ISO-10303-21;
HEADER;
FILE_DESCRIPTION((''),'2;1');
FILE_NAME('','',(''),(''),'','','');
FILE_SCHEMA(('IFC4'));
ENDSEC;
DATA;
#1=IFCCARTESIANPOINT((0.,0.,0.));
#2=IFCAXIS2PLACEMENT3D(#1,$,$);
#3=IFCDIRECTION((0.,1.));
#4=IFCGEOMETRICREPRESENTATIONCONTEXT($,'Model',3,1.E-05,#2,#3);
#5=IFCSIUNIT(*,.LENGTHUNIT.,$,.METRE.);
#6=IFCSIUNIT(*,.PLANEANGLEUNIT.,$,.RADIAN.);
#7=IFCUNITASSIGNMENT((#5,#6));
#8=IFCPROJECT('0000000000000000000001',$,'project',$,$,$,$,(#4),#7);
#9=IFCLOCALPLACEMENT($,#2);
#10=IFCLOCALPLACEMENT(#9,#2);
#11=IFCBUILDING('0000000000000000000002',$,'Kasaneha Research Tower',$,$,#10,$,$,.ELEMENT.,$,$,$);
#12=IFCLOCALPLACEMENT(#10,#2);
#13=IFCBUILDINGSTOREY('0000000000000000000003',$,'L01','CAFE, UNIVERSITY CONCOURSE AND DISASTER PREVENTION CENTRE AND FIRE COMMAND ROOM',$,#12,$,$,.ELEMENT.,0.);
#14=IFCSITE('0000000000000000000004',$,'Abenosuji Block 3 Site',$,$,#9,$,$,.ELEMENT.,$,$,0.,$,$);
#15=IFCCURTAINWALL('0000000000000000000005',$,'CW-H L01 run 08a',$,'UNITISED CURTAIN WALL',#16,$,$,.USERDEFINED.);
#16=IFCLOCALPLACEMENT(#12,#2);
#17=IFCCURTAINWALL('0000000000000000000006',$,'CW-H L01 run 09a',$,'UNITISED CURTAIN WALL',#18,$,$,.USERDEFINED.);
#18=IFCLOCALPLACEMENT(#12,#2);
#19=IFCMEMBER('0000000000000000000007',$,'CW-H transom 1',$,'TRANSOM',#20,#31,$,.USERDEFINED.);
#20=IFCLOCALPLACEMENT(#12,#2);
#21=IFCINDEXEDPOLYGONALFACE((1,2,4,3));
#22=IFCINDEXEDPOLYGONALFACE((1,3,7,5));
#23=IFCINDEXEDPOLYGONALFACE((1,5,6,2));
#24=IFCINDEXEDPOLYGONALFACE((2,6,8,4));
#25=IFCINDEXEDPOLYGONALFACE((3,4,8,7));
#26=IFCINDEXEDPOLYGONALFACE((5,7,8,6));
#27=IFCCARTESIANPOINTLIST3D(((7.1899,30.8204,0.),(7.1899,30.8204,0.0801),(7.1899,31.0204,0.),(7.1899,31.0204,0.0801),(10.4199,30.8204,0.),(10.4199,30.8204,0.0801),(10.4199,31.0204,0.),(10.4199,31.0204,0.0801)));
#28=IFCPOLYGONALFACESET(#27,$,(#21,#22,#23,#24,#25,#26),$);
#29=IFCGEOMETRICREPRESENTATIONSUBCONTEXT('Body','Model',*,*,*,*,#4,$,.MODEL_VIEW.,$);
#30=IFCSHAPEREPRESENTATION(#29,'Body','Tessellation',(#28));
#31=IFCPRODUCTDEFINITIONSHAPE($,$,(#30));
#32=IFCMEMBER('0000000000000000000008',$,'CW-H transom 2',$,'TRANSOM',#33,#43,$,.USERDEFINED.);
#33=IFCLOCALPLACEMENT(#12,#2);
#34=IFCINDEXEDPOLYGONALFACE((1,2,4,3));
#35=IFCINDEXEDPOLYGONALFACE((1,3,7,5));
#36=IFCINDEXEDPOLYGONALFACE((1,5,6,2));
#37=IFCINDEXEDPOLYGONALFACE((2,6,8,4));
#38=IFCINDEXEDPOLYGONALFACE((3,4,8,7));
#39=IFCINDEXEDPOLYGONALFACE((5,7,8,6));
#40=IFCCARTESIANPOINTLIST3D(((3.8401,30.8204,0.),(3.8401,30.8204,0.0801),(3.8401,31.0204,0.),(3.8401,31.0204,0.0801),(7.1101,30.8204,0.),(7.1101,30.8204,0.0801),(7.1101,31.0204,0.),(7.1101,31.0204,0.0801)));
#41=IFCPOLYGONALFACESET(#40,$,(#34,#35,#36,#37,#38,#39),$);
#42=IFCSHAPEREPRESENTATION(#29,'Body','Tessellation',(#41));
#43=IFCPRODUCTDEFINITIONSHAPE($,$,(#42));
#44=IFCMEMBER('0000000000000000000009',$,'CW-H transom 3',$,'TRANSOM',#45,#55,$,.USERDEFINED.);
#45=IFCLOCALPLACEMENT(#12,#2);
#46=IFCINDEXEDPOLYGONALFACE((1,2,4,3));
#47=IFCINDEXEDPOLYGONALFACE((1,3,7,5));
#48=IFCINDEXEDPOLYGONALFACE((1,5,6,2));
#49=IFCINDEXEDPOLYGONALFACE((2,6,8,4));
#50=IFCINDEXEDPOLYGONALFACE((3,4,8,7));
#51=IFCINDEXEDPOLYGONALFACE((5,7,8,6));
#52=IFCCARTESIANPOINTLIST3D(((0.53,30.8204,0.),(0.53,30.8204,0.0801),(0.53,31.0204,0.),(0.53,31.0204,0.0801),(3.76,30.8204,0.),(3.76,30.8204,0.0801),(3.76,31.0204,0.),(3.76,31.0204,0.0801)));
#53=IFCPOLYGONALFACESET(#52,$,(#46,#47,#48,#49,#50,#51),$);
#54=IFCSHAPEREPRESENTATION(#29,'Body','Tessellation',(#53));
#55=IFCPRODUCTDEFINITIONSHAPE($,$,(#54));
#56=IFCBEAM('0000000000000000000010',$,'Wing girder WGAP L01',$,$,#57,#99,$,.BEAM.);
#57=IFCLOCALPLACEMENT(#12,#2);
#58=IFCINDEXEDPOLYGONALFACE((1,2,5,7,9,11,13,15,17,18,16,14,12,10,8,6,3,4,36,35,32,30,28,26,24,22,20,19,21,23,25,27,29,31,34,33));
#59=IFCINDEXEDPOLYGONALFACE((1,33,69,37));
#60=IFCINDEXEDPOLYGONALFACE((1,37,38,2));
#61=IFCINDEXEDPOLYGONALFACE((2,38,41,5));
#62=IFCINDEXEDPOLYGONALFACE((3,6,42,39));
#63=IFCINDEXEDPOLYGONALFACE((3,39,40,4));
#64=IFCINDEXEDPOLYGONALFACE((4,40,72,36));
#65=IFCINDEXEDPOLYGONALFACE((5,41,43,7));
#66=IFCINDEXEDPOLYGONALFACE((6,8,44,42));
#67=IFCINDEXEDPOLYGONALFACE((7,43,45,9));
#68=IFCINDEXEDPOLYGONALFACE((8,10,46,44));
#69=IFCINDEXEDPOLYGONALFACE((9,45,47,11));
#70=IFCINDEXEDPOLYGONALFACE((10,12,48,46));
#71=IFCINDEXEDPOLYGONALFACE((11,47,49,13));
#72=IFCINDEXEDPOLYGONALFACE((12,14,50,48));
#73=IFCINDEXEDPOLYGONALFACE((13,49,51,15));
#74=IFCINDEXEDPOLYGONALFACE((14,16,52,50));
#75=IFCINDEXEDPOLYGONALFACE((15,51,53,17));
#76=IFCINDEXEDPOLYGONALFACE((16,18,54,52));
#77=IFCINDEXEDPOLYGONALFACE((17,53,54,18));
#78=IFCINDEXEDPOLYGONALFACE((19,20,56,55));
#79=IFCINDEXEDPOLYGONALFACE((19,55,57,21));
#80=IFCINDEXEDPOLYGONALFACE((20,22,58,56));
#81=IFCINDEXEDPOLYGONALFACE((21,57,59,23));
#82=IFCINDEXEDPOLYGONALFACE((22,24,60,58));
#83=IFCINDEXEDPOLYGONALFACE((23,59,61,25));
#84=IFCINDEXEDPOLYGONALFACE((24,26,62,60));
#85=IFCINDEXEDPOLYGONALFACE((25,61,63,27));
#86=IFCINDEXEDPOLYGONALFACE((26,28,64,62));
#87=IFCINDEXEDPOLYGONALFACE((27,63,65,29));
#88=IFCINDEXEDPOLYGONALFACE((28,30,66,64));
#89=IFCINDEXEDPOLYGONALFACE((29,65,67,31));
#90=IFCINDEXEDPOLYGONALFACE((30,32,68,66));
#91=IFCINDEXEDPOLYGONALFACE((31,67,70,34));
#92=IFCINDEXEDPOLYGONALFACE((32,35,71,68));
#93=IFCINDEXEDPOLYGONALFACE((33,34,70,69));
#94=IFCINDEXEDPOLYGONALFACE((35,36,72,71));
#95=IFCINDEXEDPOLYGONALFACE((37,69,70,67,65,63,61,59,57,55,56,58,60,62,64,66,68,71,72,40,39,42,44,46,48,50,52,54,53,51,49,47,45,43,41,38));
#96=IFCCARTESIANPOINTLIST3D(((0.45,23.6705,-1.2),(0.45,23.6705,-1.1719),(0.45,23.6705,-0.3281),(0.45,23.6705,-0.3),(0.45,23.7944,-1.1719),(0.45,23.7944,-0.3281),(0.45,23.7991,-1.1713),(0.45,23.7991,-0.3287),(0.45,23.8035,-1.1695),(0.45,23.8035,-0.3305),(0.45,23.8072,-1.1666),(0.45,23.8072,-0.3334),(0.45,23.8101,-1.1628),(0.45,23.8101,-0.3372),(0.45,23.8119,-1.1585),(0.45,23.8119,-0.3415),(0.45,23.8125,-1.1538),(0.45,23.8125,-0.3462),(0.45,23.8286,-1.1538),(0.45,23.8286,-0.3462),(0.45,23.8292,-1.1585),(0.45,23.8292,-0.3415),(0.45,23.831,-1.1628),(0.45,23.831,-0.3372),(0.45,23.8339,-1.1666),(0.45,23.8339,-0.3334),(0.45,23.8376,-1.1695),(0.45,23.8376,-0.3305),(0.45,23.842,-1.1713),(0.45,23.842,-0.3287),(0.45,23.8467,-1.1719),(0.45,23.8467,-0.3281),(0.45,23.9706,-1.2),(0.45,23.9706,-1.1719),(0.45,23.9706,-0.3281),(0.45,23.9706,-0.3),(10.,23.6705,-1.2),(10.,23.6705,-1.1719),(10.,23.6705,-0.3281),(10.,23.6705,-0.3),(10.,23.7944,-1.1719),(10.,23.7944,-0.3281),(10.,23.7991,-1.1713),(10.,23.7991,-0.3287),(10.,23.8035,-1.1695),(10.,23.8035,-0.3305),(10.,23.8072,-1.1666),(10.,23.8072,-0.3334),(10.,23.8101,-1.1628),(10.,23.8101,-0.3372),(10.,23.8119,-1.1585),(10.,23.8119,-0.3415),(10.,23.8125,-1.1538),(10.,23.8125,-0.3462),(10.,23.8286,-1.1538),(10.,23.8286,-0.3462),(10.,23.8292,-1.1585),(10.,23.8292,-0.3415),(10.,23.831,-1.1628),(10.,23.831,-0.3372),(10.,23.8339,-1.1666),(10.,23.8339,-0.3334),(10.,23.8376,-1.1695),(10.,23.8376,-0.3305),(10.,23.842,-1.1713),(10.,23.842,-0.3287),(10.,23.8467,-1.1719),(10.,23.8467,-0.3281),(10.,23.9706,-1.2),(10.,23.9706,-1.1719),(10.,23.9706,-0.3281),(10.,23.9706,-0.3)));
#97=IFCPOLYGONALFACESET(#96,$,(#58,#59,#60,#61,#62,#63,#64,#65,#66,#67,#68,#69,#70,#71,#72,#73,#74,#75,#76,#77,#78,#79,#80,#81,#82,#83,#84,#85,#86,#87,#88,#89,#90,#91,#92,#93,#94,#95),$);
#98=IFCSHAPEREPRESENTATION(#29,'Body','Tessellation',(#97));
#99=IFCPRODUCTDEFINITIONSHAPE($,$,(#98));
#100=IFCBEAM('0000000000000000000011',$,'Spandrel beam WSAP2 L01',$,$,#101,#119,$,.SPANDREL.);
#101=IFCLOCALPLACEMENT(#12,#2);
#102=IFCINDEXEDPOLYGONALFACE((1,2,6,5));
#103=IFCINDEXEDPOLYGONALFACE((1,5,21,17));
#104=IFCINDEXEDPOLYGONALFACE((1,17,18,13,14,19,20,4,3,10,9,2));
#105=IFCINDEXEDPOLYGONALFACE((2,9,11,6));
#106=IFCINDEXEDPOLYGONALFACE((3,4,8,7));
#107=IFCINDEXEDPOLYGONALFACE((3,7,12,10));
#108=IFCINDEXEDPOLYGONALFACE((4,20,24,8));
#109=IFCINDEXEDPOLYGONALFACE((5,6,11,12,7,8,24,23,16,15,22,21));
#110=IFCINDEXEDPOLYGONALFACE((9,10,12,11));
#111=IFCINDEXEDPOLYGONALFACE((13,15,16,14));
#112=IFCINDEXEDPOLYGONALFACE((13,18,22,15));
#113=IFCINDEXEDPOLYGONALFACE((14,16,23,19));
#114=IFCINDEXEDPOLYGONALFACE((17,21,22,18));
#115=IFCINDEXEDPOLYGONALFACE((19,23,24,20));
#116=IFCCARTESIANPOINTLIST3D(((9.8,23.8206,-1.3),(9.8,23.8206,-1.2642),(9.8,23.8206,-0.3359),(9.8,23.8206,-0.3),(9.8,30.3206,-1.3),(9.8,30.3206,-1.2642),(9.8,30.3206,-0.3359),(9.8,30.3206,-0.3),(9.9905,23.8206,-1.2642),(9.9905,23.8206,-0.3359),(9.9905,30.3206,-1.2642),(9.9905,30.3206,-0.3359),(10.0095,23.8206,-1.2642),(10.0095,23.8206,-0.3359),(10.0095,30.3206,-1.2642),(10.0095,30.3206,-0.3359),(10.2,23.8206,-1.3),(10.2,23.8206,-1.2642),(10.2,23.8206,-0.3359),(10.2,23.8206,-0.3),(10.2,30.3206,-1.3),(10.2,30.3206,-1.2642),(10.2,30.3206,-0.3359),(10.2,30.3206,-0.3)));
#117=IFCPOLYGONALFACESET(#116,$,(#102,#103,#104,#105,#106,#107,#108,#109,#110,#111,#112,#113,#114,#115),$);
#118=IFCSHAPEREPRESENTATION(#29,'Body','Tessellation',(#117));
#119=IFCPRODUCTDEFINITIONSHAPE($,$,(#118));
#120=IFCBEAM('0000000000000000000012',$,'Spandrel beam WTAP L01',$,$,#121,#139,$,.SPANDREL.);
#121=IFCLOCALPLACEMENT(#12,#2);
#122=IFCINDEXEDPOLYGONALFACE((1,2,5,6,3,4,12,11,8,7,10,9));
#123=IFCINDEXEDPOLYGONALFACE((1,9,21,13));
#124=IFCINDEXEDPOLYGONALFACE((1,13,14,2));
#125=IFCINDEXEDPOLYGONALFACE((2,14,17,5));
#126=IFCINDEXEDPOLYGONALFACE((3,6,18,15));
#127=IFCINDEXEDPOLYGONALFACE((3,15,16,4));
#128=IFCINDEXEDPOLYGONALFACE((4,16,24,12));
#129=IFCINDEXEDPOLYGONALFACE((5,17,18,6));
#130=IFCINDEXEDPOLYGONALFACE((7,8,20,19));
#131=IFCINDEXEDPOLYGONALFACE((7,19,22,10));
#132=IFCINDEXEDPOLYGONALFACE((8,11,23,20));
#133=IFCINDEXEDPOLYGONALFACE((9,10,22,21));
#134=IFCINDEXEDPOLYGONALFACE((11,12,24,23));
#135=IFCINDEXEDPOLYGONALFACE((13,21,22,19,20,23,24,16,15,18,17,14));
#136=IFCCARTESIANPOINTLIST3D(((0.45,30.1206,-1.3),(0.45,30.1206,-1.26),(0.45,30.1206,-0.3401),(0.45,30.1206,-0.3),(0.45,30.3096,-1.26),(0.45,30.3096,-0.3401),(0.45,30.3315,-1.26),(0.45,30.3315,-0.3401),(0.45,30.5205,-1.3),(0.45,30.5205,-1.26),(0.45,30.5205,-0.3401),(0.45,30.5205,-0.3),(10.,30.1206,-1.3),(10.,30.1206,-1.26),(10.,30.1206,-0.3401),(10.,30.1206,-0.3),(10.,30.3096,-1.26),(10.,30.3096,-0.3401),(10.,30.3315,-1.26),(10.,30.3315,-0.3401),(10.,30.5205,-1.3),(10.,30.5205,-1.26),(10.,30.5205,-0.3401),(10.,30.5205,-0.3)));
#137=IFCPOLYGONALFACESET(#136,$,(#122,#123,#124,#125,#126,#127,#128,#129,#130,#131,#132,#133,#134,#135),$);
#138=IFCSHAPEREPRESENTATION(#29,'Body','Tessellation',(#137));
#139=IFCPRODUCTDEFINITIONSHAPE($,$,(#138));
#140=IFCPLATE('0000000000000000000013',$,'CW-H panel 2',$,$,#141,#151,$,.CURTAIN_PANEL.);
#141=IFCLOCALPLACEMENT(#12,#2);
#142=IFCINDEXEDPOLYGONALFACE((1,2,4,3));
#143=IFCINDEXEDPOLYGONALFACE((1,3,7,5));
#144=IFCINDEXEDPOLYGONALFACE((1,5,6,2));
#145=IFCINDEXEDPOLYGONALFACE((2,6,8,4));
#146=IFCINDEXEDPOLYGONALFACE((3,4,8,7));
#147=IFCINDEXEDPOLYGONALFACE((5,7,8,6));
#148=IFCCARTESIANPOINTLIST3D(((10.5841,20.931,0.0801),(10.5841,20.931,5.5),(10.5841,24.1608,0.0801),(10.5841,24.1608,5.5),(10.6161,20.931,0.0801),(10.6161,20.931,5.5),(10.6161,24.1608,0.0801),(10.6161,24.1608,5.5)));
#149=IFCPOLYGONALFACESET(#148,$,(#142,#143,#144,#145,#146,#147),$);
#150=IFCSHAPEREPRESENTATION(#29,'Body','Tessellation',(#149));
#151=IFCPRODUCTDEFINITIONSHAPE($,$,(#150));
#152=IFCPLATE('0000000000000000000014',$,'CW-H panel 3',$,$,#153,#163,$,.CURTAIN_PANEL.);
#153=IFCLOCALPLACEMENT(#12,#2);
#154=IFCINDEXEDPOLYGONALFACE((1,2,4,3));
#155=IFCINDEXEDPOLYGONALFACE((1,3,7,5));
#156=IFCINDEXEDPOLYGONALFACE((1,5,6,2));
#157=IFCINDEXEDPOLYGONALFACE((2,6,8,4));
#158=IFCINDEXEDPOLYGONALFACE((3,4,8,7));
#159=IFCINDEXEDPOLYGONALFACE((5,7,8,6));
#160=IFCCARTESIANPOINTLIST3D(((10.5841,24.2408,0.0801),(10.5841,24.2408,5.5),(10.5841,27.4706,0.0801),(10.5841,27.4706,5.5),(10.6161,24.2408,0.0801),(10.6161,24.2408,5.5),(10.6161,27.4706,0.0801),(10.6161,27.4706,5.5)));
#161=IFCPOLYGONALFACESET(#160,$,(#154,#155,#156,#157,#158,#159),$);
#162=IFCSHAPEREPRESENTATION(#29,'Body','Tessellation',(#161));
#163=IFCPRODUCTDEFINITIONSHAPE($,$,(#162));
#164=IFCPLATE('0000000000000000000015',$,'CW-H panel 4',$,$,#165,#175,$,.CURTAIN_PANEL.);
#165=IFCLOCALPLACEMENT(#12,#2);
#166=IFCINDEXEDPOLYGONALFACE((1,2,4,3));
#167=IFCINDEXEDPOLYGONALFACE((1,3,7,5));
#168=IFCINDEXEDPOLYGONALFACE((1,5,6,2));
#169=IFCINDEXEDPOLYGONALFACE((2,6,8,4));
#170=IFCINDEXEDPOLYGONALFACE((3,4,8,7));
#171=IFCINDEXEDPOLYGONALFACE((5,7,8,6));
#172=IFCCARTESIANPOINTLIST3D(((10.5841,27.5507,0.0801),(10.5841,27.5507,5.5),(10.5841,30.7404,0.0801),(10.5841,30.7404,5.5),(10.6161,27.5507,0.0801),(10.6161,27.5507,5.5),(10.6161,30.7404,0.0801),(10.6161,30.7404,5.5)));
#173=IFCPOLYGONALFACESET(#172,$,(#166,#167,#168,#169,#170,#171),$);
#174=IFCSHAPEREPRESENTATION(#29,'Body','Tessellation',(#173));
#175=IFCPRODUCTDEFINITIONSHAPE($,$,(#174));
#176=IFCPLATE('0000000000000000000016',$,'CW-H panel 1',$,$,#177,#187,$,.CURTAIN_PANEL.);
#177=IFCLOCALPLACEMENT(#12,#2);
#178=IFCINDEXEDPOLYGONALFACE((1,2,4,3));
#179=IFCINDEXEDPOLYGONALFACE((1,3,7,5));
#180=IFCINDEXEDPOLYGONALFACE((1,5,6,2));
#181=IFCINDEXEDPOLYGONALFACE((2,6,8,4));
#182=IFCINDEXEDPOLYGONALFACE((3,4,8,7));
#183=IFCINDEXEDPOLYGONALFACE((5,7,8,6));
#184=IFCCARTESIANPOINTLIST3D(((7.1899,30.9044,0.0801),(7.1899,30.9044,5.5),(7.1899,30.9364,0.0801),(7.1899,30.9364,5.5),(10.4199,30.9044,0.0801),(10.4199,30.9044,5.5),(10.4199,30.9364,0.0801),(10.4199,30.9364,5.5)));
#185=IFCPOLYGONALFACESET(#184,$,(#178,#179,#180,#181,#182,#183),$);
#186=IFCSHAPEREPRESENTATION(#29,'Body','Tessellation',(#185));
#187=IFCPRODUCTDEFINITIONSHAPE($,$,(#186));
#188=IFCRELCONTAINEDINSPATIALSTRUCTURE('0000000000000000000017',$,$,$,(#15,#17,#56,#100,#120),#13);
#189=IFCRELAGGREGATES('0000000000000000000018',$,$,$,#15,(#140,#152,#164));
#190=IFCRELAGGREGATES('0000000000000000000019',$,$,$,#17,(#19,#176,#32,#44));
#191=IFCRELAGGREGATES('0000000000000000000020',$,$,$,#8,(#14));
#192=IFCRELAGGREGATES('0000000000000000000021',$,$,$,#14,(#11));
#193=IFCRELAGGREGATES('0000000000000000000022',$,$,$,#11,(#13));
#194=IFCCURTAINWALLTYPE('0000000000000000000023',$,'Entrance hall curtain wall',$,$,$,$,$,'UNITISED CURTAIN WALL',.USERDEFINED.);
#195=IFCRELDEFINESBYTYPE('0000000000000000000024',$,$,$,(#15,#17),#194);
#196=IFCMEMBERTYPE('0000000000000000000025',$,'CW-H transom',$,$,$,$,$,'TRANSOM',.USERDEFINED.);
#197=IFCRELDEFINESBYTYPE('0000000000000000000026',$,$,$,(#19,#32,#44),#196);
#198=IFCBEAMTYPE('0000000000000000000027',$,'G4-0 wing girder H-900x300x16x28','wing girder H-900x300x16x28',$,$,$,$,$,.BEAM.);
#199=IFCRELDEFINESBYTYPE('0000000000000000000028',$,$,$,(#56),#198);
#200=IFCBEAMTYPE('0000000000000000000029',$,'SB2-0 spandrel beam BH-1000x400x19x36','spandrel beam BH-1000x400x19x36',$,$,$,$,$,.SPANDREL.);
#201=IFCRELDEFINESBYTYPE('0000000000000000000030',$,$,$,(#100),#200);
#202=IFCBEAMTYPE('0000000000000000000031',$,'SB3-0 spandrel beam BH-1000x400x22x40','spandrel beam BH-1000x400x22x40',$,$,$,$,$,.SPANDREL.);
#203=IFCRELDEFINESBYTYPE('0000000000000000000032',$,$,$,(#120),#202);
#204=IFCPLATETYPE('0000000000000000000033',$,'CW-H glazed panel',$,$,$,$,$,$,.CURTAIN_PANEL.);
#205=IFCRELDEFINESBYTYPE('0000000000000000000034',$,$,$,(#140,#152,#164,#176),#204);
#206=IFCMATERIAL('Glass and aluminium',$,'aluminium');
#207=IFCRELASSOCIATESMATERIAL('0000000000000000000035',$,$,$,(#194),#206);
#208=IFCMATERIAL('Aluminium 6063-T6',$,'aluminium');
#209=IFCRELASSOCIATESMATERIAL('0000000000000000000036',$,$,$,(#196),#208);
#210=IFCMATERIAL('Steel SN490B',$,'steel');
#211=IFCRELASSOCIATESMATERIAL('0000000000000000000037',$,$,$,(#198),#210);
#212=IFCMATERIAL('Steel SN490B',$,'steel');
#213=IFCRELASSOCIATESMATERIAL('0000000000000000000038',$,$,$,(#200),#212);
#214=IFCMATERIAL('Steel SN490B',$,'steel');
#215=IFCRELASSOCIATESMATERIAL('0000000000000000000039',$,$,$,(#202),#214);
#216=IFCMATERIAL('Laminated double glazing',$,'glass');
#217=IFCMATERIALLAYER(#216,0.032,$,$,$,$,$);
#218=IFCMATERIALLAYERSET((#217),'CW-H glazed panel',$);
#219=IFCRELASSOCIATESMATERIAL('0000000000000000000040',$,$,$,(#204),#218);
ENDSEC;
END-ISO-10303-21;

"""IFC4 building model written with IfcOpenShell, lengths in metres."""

from ifc_helpers import new_model, si_unit, direction, frame, origin, origin_2d, place, context, subcontext, project, spatial, rectangle, i_section, extrude, material, layer, layer_set, material_profile, profile_set, type_object, element, aggregate, save


model = new_model("IFC4")

# Units and contexts
model_context = context("Model", 3, precision=1e-05, world=origin(), true_north=direction((0.0, 1.0)))
body_context = subcontext(model_context, "Body", "Model", "MODEL_VIEW")
ifc_project = project(units=[si_unit("LENGTHUNIT", "METRE"), si_unit("PLANEANGLEUNIT", "RADIAN")], contexts=[model_context])

# Site, building, storey
site_placement = place(None, origin())
site = spatial("IfcSite", under=ifc_project, at=site_placement, Name="Abenosuji Block 3 Site", CompositionType="ELEMENT", RefElevation=0.0)
building_placement = place(site_placement, origin())
building = spatial("IfcBuilding", under=site, at=building_placement, Name="Kasaneha Research Tower", CompositionType="ELEMENT")
storey_placement = place(building_placement, origin())
storey = spatial("IfcBuildingStorey", under=building, at=storey_placement, Name="L01", Description="CAFE, UNIVERSITY CONCOURSE AND DISASTER PREVENTION CENTRE AND FIRE COMMAND ROOM", CompositionType="ELEMENT", Elevation=0.0)

# Curtain walls
ifc_material_1 = material(Name="Glass and aluminium", Category="aluminium")
curtain_wall_type = type_object("IfcCurtainWallType", Name="Entrance hall curtain wall", ElementType="UNITISED CURTAIN WALL", PredefinedType="USERDEFINED", material=ifc_material_1)
curtain_wall_1_placement = place(storey_placement, origin())
curtain_wall_1 = element("IfcCurtainWall", 1, at=curtain_wall_1_placement, inside=storey, type_object=curtain_wall_type, Name="CW-H L01 run 08a", ObjectType="UNITISED CURTAIN WALL", PredefinedType="USERDEFINED")
curtain_wall_2_placement = place(storey_placement, origin())
curtain_wall_2 = element("IfcCurtainWall", 2, at=curtain_wall_2_placement, inside=storey, type_object=curtain_wall_type, Name="CW-H L01 run 09a", ObjectType="UNITISED CURTAIN WALL", PredefinedType="USERDEFINED")

# Members
ifc_material_2 = material(Name="Aluminium 6063-T6", Category="aluminium")
ifc_material_profile_1 = material_profile(ifc_material_2, rectangle(XDim=0.2, YDim=0.0801, at=origin_2d()), Name="CW-H transom 200x80")
ifc_profile_set_1 = profile_set([ifc_material_profile_1], Name="Aluminium 6063-T6")
member_type_1 = type_object("IfcMemberType", Name="CW-H transom", ElementType="TRANSOM", PredefinedType="USERDEFINED", material=ifc_profile_set_1)
member_1_placement = place(storey_placement, frame((10.4199, 30.9204, 0.04), z_axis=(-1.0, 0.0, 0.0), x_axis=(0.0, -1.0, 0.0)))
member_1 = element("IfcMember", 3, at=member_1_placement, type_object=member_type_1, Name="CW-H transom 1", ObjectType="TRANSOM", PredefinedType="USERDEFINED", context=body_context, shape_type="SweptSolid", body=[
    extrude(rectangle(XDim=0.2, YDim=0.0801, at=origin_2d()), origin(), (0.0, 0.0, 1.0), 3.23),
])
member_2_placement = place(storey_placement, frame((7.1101, 30.9204, 0.04), z_axis=(-1.0, 0.0, 0.0), x_axis=(0.0, -1.0, 0.0)))
member_2 = element("IfcMember", 4, at=member_2_placement, type_object=member_type_1, Name="CW-H transom 2", ObjectType="TRANSOM", PredefinedType="USERDEFINED", context=body_context, shape_type="SweptSolid", body=[
    extrude(rectangle(XDim=0.2, YDim=0.0801, at=origin_2d()), origin(), (0.0, 0.0, 1.0), 3.27),
])
member_3_placement = place(storey_placement, frame((3.76, 30.9204, 0.04), z_axis=(-1.0, 0.0, 0.0), x_axis=(0.0, -1.0, 0.0)))
member_3 = element("IfcMember", 5, at=member_3_placement, type_object=member_type_1, Name="CW-H transom 3", ObjectType="TRANSOM", PredefinedType="USERDEFINED", context=body_context, shape_type="SweptSolid", body=[
    extrude(rectangle(XDim=0.2, YDim=0.0801, at=origin_2d()), origin(), (0.0, 0.0, 1.0), 3.23),
])

# Beams
ifc_material_3 = material(Name="Steel SN490B", Category="steel")
ifc_material_profile_2 = material_profile(ifc_material_3, i_section(OverallWidth=0.3, OverallDepth=0.8999, WebThickness=0.0161, FlangeThickness=0.0281, FilletRadius=0.0181, at=origin_2d()), Name="H-900x300x16x28")
ifc_profile_set_2 = profile_set([ifc_material_profile_2], Name="Steel SN490B")
beam_type_1 = type_object("IfcBeamType", Name="G4-0 wing girder H-900x300x16x28", Description="wing girder H-900x300x16x28", PredefinedType="BEAM", material=ifc_profile_set_2)
beam_1_placement = place(storey_placement, frame((10.0, 23.8206, -0.75), z_axis=(-1.0, 0.0, 0.0), x_axis=(0.0, -1.0, 0.0)))
element("IfcBeam", 6, at=beam_1_placement, inside=storey, type_object=beam_type_1, Name="Wing girder WGAP L01", PredefinedType="BEAM", context=body_context, shape_type="SweptSolid", body=[
    extrude(i_section(OverallWidth=0.3, OverallDepth=0.8999, WebThickness=0.0161, FlangeThickness=0.0281, FilletRadius=0.0181, at=origin_2d()), origin(), (0.0, 0.0, 1.0), 9.55),
])
ifc_material_4 = material(Name="Steel SN490B", Category="steel")
ifc_material_profile_3 = material_profile(ifc_material_4, i_section(OverallWidth=0.3999, OverallDepth=1.0, WebThickness=0.019, FlangeThickness=0.0359, at=origin_2d()), Name="BH-1000x400x19x36")
ifc_profile_set_3 = profile_set([ifc_material_profile_3], Name="Steel SN490B")
beam_type_2 = type_object("IfcBeamType", Name="SB2-0 spandrel beam BH-1000x400x19x36", Description="spandrel beam BH-1000x400x19x36", PredefinedType="SPANDREL", material=ifc_profile_set_3)
beam_2_placement = place(storey_placement, frame((10.0, 23.8206, -0.8), z_axis=(0.0, 1.0, 0.0), x_axis=(-1.0, 0.0, 0.0)))
element("IfcBeam", 7, at=beam_2_placement, inside=storey, type_object=beam_type_2, Name="Spandrel beam WSAP2 L01", PredefinedType="SPANDREL", context=body_context, shape_type="SweptSolid", body=[
    extrude(i_section(OverallWidth=0.3999, OverallDepth=1.0, WebThickness=0.019, FlangeThickness=0.0359, at=origin_2d()), origin(), (0.0, 0.0, 1.0), 6.5),
])
ifc_material_5 = material(Name="Steel SN490B", Category="steel")
ifc_material_profile_4 = material_profile(ifc_material_5, i_section(OverallWidth=0.3999, OverallDepth=1.0, WebThickness=0.022, FlangeThickness=0.04, at=origin_2d()), Name="BH-1000x400x22x40")
ifc_profile_set_4 = profile_set([ifc_material_profile_4], Name="Steel SN490B")
beam_type_3 = type_object("IfcBeamType", Name="SB3-0 spandrel beam BH-1000x400x22x40", Description="spandrel beam BH-1000x400x22x40", PredefinedType="SPANDREL", material=ifc_profile_set_4)
beam_3_placement = place(storey_placement, frame((10.0, 30.3206, -0.8), z_axis=(-1.0, 0.0, 0.0), x_axis=(0.0, -1.0, 0.0)))
element("IfcBeam", 8, at=beam_3_placement, inside=storey, type_object=beam_type_3, Name="Spandrel beam WTAP L01", PredefinedType="SPANDREL", context=body_context, shape_type="SweptSolid", body=[
    extrude(i_section(OverallWidth=0.3999, OverallDepth=1.0, WebThickness=0.022, FlangeThickness=0.04, at=origin_2d()), origin(), (0.0, 0.0, 1.0), 9.55),
])

# Plates
ifc_material_6 = material(Name="Laminated double glazing", Category="glass")
ifc_layer = layer(ifc_material_6, 0.032)
ifc_layer_set = layer_set([ifc_layer], Name="CW-H glazed panel")
plate_type = type_object("IfcPlateType", Name="CW-H glazed panel", PredefinedType="CURTAIN_PANEL", material=ifc_layer_set)
plate_1_placement = place(storey_placement, frame((10.6001, 22.5459, 0.0801), z_axis=(0.0, 0.0, 1.0), x_axis=(0.0, 1.0, 0.0)))
plate_1 = element("IfcPlate", 9, at=plate_1_placement, type_object=plate_type, Name="CW-H panel 2", PredefinedType="CURTAIN_PANEL", context=body_context, shape_type="SweptSolid", body=[
    extrude(rectangle(XDim=3.2297, YDim=0.032, at=origin_2d()), origin(), (0.0, 0.0, 1.0), 5.4199),
])
plate_2_placement = place(storey_placement, frame((10.6001, 25.8557, 0.0801), z_axis=(0.0, 0.0, 1.0), x_axis=(0.0, 1.0, 0.0)))
plate_2 = element("IfcPlate", 10, at=plate_2_placement, type_object=plate_type, Name="CW-H panel 3", PredefinedType="CURTAIN_PANEL", context=body_context, shape_type="SweptSolid", body=[
    extrude(rectangle(XDim=3.2297, YDim=0.032, at=origin_2d()), origin(), (0.0, 0.0, 1.0), 5.4199),
])
plate_3_placement = place(storey_placement, frame((10.6001, 29.1455, 0.0801), z_axis=(0.0, 0.0, 1.0), x_axis=(0.0, 1.0, 0.0)))
plate_3 = element("IfcPlate", 11, at=plate_3_placement, type_object=plate_type, Name="CW-H panel 4", PredefinedType="CURTAIN_PANEL", context=body_context, shape_type="SweptSolid", body=[
    extrude(rectangle(XDim=3.1897, YDim=0.032, at=origin_2d()), origin(), (0.0, 0.0, 1.0), 5.4199),
])
aggregate(curtain_wall_1, [plate_1, plate_2, plate_3])
plate_4_placement = place(storey_placement, frame((8.8049, 30.9204, 0.0801), z_axis=(0.0, 0.0, 1.0), x_axis=(-1.0, 0.0, 0.0)))
plate_4 = element("IfcPlate", 12, at=plate_4_placement, type_object=plate_type, Name="CW-H panel 1", PredefinedType="CURTAIN_PANEL", context=body_context, shape_type="SweptSolid", body=[
    extrude(rectangle(XDim=3.23, YDim=0.032, at=origin_2d()), origin(), (0.0, 0.0, 1.0), 5.4199),
])
aggregate(curtain_wall_2, [member_1, plate_4, member_2, member_3])

save(model, "model.ifc")
